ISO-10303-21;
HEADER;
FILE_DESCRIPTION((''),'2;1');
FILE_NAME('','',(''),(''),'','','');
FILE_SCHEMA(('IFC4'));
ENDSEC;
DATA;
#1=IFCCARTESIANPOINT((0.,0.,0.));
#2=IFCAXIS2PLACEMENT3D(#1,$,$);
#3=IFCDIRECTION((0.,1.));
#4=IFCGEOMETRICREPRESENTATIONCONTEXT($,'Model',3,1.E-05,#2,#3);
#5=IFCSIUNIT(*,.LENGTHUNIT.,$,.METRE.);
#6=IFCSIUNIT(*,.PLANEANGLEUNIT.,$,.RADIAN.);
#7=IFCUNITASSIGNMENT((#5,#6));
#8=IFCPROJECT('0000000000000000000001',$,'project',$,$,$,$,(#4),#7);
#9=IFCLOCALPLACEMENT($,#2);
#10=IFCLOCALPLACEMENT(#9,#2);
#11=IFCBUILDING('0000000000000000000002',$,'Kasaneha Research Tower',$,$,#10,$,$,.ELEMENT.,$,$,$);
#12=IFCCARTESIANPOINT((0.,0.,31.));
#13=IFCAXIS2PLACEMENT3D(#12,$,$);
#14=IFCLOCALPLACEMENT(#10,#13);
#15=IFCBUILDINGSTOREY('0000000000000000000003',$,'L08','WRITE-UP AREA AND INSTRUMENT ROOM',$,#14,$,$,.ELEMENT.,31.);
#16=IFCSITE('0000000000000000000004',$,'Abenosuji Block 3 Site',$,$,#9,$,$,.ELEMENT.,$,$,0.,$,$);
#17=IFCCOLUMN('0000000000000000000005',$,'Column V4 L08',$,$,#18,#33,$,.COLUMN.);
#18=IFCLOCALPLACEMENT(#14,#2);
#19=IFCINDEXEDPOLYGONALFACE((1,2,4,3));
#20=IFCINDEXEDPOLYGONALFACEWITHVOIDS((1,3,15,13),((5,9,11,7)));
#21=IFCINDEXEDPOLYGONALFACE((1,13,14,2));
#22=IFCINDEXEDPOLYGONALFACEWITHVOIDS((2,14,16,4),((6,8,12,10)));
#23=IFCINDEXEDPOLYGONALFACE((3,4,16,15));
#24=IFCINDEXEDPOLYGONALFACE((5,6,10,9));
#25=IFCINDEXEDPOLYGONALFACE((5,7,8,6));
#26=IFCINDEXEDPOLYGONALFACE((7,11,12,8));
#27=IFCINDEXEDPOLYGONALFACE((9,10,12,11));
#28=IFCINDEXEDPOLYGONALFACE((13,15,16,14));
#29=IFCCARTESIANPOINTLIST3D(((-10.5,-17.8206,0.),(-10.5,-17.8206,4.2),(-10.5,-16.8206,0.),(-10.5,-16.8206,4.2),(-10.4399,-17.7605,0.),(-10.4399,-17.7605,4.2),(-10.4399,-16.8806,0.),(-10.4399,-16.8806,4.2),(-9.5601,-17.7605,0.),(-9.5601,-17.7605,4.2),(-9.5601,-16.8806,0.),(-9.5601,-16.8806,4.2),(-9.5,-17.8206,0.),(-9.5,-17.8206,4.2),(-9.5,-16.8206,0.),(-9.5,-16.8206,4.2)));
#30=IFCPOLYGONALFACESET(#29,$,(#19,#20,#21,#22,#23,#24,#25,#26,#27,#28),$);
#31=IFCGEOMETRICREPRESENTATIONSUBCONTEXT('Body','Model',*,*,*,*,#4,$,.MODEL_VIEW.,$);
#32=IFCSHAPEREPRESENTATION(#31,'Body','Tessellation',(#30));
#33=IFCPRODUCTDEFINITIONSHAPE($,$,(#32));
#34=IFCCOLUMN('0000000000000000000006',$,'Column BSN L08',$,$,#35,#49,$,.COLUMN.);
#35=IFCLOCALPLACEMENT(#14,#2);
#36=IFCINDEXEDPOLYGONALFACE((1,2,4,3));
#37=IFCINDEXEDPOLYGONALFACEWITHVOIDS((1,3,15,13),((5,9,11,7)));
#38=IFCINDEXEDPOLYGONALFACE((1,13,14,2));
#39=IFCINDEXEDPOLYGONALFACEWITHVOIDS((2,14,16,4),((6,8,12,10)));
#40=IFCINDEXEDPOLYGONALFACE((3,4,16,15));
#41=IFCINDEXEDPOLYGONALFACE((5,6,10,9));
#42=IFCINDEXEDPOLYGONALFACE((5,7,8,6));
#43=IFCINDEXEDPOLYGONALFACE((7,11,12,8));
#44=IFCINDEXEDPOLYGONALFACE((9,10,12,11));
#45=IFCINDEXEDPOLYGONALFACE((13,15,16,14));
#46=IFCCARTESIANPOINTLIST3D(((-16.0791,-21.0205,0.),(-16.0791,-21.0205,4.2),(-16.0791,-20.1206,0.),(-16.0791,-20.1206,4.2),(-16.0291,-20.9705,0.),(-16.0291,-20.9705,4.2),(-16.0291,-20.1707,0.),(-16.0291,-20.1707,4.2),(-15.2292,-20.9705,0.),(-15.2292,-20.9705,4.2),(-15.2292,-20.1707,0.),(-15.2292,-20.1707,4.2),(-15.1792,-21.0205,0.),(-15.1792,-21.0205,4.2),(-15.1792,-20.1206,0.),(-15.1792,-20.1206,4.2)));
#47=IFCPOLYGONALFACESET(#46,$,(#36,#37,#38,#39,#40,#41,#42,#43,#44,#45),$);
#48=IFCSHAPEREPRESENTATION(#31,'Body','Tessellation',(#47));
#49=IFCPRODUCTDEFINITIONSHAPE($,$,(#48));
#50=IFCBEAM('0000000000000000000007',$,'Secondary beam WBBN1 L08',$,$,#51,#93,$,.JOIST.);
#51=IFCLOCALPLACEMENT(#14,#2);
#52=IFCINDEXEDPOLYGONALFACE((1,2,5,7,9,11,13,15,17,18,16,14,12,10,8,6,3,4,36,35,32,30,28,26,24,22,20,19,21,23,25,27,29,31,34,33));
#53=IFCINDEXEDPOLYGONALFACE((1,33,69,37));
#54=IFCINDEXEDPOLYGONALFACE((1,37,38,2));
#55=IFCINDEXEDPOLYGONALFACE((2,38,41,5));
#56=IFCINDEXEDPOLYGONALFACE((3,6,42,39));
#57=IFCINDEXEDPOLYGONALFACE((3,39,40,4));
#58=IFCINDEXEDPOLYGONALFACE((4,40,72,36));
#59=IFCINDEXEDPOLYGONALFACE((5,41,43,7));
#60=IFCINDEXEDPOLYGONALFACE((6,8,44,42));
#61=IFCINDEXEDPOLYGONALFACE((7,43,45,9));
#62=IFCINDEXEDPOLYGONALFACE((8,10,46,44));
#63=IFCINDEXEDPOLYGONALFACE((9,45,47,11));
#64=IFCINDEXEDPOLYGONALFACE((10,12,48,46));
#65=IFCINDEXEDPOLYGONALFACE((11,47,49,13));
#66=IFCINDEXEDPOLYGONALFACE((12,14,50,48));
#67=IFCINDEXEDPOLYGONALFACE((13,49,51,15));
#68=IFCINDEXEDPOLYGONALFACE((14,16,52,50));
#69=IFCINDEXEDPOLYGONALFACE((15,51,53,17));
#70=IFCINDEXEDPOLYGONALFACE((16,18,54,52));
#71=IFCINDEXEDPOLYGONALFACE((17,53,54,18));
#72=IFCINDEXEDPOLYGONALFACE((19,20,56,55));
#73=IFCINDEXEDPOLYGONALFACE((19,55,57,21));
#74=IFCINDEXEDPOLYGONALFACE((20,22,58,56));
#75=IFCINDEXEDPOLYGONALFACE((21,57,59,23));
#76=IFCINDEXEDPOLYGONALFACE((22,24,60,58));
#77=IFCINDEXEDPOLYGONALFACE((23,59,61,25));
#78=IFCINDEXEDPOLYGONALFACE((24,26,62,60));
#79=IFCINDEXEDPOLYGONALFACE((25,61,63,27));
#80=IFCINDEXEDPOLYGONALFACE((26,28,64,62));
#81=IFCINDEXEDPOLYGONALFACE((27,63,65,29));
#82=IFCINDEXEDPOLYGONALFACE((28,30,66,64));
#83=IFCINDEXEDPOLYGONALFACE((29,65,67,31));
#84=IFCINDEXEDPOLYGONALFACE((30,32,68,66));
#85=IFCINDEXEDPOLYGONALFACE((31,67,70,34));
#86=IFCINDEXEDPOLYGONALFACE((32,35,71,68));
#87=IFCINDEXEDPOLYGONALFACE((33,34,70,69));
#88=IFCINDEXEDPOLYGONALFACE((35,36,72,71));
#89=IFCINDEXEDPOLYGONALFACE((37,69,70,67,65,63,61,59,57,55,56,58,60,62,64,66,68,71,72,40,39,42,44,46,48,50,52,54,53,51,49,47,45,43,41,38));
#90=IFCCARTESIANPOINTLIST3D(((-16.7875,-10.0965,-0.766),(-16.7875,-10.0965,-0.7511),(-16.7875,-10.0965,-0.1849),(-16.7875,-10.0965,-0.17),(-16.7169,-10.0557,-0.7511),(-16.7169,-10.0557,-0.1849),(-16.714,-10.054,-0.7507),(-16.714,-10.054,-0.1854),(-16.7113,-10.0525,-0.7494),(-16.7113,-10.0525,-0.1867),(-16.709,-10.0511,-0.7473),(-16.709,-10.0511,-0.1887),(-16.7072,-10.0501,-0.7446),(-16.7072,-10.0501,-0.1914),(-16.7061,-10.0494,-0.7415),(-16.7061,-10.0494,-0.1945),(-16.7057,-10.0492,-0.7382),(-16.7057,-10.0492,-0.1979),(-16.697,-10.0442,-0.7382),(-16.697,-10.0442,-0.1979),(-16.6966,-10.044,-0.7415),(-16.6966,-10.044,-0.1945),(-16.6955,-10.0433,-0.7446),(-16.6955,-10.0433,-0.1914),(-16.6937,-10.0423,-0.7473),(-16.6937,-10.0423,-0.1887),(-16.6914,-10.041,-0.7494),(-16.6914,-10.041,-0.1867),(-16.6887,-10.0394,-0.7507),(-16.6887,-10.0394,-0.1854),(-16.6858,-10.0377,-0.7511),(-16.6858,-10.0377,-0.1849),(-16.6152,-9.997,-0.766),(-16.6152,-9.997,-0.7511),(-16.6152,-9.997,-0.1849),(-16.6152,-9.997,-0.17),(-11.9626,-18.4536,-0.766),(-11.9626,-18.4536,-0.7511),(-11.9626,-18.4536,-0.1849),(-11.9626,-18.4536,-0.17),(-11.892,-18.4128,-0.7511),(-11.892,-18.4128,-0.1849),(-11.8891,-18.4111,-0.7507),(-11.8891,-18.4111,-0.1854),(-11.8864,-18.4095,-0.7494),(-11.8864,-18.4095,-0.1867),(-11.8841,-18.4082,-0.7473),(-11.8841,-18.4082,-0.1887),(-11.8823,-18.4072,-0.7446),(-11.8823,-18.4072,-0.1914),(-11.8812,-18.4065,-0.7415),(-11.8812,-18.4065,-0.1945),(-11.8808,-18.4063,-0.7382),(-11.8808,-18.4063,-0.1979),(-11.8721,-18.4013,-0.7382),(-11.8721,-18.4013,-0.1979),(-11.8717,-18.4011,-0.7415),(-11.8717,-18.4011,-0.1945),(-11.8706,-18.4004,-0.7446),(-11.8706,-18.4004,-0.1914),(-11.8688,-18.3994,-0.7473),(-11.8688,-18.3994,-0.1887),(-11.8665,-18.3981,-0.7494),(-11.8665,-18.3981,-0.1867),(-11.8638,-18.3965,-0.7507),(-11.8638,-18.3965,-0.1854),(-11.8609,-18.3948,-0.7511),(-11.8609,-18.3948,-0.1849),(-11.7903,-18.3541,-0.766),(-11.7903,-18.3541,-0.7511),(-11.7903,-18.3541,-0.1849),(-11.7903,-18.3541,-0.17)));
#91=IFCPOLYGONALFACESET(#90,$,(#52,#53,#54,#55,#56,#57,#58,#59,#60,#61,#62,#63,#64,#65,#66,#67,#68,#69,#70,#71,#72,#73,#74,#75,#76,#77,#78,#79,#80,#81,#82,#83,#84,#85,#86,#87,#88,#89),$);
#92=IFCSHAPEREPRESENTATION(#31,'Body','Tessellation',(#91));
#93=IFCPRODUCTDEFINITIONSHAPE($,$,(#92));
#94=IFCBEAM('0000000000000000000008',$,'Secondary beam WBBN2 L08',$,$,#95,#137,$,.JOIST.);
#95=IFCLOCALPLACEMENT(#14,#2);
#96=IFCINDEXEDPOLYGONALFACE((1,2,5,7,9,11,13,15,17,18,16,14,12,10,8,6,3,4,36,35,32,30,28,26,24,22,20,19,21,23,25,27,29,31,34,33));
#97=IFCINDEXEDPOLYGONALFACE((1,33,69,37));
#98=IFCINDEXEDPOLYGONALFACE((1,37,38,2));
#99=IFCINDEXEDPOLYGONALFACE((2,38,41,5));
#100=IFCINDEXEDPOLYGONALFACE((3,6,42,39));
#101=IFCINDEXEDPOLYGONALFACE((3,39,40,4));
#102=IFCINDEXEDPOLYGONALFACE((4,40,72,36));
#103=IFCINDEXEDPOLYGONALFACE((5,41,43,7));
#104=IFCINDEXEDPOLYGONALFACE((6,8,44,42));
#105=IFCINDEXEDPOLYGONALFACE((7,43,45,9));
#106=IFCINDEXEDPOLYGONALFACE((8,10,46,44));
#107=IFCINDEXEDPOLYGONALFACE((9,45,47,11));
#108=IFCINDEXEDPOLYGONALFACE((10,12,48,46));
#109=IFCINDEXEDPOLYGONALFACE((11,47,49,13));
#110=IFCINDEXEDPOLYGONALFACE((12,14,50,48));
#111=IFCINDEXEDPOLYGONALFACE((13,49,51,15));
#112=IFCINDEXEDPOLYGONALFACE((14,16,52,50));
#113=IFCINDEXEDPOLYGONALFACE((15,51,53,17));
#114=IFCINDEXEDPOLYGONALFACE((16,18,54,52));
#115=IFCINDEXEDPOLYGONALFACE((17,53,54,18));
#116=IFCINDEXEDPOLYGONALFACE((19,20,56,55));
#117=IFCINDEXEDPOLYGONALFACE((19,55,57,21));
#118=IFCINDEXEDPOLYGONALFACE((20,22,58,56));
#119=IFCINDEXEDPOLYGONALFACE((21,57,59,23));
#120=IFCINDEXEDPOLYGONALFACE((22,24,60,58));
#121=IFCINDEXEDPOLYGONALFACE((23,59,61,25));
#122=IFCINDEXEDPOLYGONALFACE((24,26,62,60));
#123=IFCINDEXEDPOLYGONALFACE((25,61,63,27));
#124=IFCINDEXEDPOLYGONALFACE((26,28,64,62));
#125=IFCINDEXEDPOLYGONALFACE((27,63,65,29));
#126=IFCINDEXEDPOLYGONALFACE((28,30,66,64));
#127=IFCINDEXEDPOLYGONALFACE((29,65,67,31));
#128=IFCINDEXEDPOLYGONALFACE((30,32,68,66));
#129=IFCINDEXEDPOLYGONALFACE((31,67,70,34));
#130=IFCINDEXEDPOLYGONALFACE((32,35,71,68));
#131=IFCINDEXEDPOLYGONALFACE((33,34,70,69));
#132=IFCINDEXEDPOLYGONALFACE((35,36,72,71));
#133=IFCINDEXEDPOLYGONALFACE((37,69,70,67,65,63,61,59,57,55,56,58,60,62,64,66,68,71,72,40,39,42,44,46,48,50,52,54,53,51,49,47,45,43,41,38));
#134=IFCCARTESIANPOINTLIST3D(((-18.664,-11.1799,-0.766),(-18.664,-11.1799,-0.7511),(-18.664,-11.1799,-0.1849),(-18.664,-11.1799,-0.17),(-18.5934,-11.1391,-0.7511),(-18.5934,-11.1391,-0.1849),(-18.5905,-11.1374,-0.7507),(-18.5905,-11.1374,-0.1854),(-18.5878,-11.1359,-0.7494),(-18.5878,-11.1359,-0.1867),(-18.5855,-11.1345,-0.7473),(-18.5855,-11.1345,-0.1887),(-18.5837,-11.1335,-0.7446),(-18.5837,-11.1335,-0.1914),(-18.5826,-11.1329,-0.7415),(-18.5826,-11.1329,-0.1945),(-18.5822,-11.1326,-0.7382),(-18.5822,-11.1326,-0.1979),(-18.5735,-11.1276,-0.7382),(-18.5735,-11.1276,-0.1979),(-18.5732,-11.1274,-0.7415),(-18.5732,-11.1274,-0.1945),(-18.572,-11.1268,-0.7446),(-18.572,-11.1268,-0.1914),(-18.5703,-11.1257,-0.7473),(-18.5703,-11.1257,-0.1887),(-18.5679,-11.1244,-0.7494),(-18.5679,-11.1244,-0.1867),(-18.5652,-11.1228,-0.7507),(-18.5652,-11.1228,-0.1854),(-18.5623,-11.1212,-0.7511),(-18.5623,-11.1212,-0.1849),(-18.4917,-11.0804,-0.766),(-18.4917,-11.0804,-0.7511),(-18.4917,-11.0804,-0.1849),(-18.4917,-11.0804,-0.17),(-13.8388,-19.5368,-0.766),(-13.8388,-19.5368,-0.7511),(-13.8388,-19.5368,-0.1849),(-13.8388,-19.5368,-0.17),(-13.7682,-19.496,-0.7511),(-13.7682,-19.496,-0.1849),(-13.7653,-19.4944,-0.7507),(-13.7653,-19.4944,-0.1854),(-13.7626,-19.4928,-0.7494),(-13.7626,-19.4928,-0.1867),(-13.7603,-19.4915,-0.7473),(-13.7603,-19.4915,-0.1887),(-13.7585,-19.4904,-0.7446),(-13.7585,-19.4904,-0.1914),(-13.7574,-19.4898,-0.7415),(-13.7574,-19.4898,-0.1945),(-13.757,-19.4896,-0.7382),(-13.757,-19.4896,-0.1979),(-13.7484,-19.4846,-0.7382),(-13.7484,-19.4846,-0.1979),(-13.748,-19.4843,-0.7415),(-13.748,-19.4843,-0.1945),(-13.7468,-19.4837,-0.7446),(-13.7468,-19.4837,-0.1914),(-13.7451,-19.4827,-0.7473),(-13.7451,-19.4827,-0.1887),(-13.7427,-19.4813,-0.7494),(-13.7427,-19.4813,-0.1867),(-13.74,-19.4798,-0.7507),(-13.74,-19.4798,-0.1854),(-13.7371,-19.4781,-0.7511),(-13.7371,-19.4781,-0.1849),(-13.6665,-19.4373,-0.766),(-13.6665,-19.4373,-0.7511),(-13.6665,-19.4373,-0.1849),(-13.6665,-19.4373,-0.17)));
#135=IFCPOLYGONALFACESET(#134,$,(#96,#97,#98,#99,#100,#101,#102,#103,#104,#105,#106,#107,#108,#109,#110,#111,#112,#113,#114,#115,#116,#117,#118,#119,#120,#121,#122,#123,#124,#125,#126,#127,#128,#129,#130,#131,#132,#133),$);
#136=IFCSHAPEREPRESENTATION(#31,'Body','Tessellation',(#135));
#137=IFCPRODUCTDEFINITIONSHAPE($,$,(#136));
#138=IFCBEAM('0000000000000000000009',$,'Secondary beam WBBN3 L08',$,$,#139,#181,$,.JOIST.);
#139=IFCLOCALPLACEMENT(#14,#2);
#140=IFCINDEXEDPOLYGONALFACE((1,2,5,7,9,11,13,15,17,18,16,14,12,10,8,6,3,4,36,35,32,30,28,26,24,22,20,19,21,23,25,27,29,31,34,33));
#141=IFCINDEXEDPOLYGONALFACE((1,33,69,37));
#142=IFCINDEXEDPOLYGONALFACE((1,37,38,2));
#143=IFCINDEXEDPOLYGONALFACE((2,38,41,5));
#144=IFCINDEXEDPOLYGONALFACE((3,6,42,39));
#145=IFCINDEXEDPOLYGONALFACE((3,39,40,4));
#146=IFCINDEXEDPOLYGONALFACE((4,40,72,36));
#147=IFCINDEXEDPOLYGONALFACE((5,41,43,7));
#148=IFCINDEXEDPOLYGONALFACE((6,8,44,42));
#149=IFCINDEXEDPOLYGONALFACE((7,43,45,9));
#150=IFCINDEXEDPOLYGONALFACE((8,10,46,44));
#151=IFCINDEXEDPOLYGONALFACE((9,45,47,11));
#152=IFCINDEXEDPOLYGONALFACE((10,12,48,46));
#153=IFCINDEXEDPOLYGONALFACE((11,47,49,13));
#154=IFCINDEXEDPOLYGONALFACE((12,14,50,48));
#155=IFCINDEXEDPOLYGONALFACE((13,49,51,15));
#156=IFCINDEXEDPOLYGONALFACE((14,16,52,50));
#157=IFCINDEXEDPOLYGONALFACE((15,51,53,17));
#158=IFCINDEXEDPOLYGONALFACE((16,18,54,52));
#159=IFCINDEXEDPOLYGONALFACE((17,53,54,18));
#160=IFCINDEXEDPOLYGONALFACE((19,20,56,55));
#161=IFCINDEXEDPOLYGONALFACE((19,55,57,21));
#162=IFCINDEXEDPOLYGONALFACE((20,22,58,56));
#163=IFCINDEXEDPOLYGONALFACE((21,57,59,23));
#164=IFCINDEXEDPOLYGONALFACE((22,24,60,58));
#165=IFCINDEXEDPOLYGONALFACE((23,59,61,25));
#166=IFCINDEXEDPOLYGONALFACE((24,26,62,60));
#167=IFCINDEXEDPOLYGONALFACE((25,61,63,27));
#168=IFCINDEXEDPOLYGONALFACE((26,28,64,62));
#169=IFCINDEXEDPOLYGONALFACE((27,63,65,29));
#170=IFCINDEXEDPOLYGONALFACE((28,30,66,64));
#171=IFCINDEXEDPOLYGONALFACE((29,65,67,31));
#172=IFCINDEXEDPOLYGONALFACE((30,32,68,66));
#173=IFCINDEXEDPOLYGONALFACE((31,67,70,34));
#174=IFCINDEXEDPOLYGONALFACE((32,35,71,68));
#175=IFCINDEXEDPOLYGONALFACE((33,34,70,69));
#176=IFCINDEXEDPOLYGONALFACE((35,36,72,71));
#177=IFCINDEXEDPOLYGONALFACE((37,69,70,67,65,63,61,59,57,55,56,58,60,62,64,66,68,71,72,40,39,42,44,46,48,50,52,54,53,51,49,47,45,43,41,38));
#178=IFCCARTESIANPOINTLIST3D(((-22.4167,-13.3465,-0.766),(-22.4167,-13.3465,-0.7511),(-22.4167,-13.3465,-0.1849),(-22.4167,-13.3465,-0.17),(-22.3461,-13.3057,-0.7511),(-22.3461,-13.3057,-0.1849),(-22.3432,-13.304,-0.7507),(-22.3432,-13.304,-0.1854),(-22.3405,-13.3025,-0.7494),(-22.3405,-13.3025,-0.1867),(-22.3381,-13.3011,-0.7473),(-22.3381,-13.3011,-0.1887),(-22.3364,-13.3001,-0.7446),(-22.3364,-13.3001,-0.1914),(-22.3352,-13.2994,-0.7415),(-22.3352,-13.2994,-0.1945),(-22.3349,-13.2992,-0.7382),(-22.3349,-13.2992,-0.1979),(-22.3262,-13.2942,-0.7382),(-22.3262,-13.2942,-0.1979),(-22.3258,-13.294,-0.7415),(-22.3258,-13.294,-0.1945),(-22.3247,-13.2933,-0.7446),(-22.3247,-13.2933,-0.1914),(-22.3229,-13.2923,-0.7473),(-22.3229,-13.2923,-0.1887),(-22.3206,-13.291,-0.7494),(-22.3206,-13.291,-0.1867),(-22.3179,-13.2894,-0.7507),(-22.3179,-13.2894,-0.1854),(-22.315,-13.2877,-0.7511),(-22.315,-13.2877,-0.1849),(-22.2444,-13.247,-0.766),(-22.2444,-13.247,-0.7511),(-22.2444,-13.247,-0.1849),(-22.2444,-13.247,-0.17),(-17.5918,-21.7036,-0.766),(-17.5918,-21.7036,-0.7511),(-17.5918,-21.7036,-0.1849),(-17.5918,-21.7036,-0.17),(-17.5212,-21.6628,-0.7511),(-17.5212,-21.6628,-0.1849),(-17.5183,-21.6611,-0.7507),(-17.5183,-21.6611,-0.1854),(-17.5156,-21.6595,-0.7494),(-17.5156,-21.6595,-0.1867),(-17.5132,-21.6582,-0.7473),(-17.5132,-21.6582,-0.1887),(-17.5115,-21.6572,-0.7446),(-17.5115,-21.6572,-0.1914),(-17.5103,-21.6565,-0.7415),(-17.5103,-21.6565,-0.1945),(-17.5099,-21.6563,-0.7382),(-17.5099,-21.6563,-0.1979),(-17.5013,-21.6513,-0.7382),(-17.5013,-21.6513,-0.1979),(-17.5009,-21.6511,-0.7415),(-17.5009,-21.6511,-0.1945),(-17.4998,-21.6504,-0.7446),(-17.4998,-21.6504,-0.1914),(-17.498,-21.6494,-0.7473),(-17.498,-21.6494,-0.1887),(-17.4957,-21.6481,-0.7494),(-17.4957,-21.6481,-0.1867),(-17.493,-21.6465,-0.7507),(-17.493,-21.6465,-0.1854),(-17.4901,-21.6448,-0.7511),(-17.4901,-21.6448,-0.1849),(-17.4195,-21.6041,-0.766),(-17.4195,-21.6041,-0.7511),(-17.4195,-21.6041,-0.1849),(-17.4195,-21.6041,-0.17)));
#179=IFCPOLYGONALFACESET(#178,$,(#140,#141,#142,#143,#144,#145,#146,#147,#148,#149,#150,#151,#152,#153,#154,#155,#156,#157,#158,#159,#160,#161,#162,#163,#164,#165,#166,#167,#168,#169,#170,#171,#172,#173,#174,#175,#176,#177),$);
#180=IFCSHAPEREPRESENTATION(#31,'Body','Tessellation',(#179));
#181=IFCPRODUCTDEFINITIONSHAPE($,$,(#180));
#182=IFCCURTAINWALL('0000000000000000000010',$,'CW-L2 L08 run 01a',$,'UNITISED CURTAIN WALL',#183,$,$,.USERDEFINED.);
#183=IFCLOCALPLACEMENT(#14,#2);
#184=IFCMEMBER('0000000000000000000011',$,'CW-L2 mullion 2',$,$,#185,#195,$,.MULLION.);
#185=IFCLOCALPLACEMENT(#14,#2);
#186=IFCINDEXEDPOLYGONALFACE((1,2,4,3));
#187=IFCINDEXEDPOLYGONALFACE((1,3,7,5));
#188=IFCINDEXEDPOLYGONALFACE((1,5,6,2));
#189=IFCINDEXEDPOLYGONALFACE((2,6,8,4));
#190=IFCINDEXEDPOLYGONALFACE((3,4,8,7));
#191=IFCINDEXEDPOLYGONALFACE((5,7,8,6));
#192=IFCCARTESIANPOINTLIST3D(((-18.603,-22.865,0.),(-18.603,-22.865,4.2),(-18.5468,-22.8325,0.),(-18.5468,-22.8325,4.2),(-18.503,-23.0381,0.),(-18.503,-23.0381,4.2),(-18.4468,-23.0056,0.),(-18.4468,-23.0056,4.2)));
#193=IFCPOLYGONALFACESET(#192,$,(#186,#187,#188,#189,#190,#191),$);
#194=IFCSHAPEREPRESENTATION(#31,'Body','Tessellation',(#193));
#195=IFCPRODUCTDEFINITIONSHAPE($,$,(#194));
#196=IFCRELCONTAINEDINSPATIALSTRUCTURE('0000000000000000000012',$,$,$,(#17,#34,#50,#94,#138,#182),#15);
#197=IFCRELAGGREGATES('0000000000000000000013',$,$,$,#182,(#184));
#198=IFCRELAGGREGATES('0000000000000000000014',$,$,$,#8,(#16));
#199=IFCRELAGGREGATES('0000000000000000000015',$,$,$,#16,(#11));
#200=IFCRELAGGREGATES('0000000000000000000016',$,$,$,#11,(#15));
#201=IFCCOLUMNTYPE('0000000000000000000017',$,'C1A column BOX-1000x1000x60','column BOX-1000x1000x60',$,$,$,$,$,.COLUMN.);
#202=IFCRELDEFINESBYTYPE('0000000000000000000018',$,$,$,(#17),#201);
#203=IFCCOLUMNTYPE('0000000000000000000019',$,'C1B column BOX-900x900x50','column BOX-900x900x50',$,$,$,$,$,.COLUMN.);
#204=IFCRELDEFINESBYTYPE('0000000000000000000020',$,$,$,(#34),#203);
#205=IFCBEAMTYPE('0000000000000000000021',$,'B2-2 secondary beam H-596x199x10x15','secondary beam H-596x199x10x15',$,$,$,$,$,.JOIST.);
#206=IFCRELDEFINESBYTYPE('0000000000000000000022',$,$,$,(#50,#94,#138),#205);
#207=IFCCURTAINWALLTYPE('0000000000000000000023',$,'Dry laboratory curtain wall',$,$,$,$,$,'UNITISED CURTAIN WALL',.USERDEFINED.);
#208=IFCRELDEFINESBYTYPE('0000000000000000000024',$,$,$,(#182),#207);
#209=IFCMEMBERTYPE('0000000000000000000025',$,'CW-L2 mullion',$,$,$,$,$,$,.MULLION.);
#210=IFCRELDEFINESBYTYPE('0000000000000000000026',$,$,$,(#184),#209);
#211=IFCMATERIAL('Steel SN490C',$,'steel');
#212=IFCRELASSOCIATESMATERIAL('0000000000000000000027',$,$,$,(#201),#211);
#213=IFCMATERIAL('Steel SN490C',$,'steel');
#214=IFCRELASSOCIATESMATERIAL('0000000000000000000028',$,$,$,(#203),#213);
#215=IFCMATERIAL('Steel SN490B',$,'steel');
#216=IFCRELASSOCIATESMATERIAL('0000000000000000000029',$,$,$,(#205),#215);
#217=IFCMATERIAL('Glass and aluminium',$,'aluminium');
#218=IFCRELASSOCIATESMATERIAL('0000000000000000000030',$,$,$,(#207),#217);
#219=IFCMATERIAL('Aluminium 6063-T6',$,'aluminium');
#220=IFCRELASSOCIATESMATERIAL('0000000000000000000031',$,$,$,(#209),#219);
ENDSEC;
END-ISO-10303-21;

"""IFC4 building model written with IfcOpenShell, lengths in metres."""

from ifc_helpers import new_model, si_unit, direction, frame, origin, origin_2d, place, context, subcontext, project, spatial, rectangle, hollow_rectangle, i_section, extrude, material, material_profile, profile_set, type_object, element, aggregate, save


model = new_model("IFC4")

# Units and contexts
model_context = context("Model", 3, precision=1e-05, world=origin(), true_north=direction((0.0, 1.0)))
body_context = subcontext(model_context, "Body", "Model", "MODEL_VIEW")
ifc_project = project(units=[si_unit("LENGTHUNIT", "METRE"), si_unit("PLANEANGLEUNIT", "RADIAN")], contexts=[model_context])

# Site, building, storey
site_placement = place(None, origin())
site = spatial("IfcSite", under=ifc_project, at=site_placement, Name="Abenosuji Block 3 Site", CompositionType="ELEMENT", RefElevation=0.0)
building_placement = place(site_placement, origin())
building = spatial("IfcBuilding", under=site, at=building_placement, Name="Kasaneha Research Tower", CompositionType="ELEMENT")
storey_placement = place(building_placement, frame((0.0, 0.0, 31.0)))
storey = spatial("IfcBuildingStorey", under=building, at=storey_placement, Name="L08", Description="WRITE-UP AREA AND INSTRUMENT ROOM", CompositionType="ELEMENT", Elevation=31.0)

# Columns
ifc_material_1 = material(Name="Steel SN490C", Category="steel")
ifc_material_profile_1 = material_profile(ifc_material_1, hollow_rectangle(XDim=1.0, YDim=1.0, WallThickness=0.0601, at=origin_2d()), Name="BOX-1000x1000x60")
ifc_profile_set_1 = profile_set([ifc_material_profile_1], Name="Steel SN490C")
column_type_1 = type_object("IfcColumnType", Name="C1A column BOX-1000x1000x60", Description="column BOX-1000x1000x60", PredefinedType="COLUMN", material=ifc_profile_set_1)
column_1_placement = place(storey_placement, frame((-10.0, -17.3206, 0.0), z_axis=(0.0, 0.0, 1.0), x_axis=(1.0, 0.0, 0.0)))
element("IfcColumn", 1, at=column_1_placement, inside=storey, type_object=column_type_1, Name="Column V4 L08", PredefinedType="COLUMN", context=body_context, shape_type="SweptSolid", body=[
    extrude(hollow_rectangle(XDim=1.0, YDim=1.0, WallThickness=0.0601, at=origin_2d()), origin(), (0.0, 0.0, 1.0), 4.2),
])
ifc_material_2 = material(Name="Steel SN490C", Category="steel")
ifc_material_profile_2 = material_profile(ifc_material_2, hollow_rectangle(XDim=0.8999, YDim=0.8999, WallThickness=0.05, at=origin_2d()), Name="BOX-900x900x50")
ifc_profile_set_2 = profile_set([ifc_material_profile_2], Name="Steel SN490C")
column_type_2 = type_object("IfcColumnType", Name="C1B column BOX-900x900x50", Description="column BOX-900x900x50", PredefinedType="COLUMN", material=ifc_profile_set_2)
column_2_placement = place(storey_placement, frame((-15.6292, -20.5706, 0.0), z_axis=(0.0, 0.0, 1.0), x_axis=(1.0, 0.0, 0.0)))
element("IfcColumn", 2, at=column_2_placement, inside=storey, type_object=column_type_2, Name="Column BSN L08", PredefinedType="COLUMN", context=body_context, shape_type="SweptSolid", body=[
    extrude(hollow_rectangle(XDim=0.8999, YDim=0.8999, WallThickness=0.05, at=origin_2d()), origin(), (0.0, 0.0, 1.0), 4.2),
])

# Beams
ifc_material_3 = material(Name="Steel SN490B", Category="steel")
ifc_material_profile_3 = material_profile(ifc_material_3, i_section(OverallWidth=0.199, OverallDepth=0.5959, WebThickness=0.01, FlangeThickness=0.0149, FilletRadius=0.0129, at=origin_2d()), Name="H-596x199x10x15")
ifc_profile_set_3 = profile_set([ifc_material_profile_3], Name="Steel SN490B")
beam_type_1 = type_object("IfcBeamType", Name="B2-2 secondary beam H-596x199x10x15", Description="secondary beam H-596x199x10x15", PredefinedType="JOIST", material=ifc_profile_set_3)
for number, where, z_axis, x_axis, name in (
    (3, (-11.8765, -18.4038, -0.468), (-0.499995, 0.866028, 0.0), (-0.866028, -0.499995, 0.0), "Secondary beam WBBN1 L08"),
    (4, (-13.7527, -19.4871, -0.468), (-0.500025, 0.866011, 0.0), (-0.866011, -0.500025, 0.0), "Secondary beam WBBN2 L08"),
    (5, (-17.5056, -21.6538, -0.468), (-0.499995, 0.866028, 0.0), (-0.866028, -0.499995, 0.0), "Secondary beam WBBN3 L08"),
):
    element("IfcBeam", number, at=place(storey_placement, frame(where, z_axis=z_axis, x_axis=x_axis)), inside=storey, type_object=beam_type_1, Name=name, PredefinedType="JOIST", context=body_context, shape_type="SweptSolid", body=[
        extrude(i_section(OverallWidth=0.199, OverallDepth=0.5959, WebThickness=0.01, FlangeThickness=0.0149, FilletRadius=0.0129, at=origin_2d()), origin(), (0.0, 0.0, 1.0), 9.6499),
    ])

# Curtain wall, member
ifc_material_4 = material(Name="Glass and aluminium", Category="aluminium")
curtain_wall_type = type_object("IfcCurtainWallType", Name="Dry laboratory curtain wall", ElementType="UNITISED CURTAIN WALL", PredefinedType="USERDEFINED", material=ifc_material_4)
curtain_wall_1_placement = place(storey_placement, origin())
curtain_wall_1 = element("IfcCurtainWall", 6, at=curtain_wall_1_placement, inside=storey, type_object=curtain_wall_type, Name="CW-L2 L08 run 01a", ObjectType="UNITISED CURTAIN WALL", PredefinedType="USERDEFINED")
ifc_material_5 = material(Name="Aluminium 6063-T6", Category="aluminium")
ifc_material_profile_4 = material_profile(ifc_material_5, rectangle(XDim=0.0649, YDim=0.2, at=origin_2d()), Name="CW-L2 mullion 65x200")
ifc_profile_set_4 = profile_set([ifc_material_profile_4], Name="Aluminium 6063-T6")
member_type_1 = type_object("IfcMemberType", Name="CW-L2 mullion", PredefinedType="MULLION", material=ifc_profile_set_4)
member_1_placement = place(storey_placement, frame((-18.5249, -22.9353, 0.0), z_axis=(0.0, 0.0, 1.0), x_axis=(0.866025, 0.5, 0.0)))
member_1 = element("IfcMember", 7, at=member_1_placement, type_object=member_type_1, Name="CW-L2 mullion 2", PredefinedType="MULLION", context=body_context, shape_type="SweptSolid", body=[
    extrude(rectangle(XDim=0.0649, YDim=0.2, at=origin_2d()), origin(), (0.0, 0.0, 1.0), 4.2),
])

aggregate(curtain_wall_1, [member_1])

save(model, "model.ifc")
